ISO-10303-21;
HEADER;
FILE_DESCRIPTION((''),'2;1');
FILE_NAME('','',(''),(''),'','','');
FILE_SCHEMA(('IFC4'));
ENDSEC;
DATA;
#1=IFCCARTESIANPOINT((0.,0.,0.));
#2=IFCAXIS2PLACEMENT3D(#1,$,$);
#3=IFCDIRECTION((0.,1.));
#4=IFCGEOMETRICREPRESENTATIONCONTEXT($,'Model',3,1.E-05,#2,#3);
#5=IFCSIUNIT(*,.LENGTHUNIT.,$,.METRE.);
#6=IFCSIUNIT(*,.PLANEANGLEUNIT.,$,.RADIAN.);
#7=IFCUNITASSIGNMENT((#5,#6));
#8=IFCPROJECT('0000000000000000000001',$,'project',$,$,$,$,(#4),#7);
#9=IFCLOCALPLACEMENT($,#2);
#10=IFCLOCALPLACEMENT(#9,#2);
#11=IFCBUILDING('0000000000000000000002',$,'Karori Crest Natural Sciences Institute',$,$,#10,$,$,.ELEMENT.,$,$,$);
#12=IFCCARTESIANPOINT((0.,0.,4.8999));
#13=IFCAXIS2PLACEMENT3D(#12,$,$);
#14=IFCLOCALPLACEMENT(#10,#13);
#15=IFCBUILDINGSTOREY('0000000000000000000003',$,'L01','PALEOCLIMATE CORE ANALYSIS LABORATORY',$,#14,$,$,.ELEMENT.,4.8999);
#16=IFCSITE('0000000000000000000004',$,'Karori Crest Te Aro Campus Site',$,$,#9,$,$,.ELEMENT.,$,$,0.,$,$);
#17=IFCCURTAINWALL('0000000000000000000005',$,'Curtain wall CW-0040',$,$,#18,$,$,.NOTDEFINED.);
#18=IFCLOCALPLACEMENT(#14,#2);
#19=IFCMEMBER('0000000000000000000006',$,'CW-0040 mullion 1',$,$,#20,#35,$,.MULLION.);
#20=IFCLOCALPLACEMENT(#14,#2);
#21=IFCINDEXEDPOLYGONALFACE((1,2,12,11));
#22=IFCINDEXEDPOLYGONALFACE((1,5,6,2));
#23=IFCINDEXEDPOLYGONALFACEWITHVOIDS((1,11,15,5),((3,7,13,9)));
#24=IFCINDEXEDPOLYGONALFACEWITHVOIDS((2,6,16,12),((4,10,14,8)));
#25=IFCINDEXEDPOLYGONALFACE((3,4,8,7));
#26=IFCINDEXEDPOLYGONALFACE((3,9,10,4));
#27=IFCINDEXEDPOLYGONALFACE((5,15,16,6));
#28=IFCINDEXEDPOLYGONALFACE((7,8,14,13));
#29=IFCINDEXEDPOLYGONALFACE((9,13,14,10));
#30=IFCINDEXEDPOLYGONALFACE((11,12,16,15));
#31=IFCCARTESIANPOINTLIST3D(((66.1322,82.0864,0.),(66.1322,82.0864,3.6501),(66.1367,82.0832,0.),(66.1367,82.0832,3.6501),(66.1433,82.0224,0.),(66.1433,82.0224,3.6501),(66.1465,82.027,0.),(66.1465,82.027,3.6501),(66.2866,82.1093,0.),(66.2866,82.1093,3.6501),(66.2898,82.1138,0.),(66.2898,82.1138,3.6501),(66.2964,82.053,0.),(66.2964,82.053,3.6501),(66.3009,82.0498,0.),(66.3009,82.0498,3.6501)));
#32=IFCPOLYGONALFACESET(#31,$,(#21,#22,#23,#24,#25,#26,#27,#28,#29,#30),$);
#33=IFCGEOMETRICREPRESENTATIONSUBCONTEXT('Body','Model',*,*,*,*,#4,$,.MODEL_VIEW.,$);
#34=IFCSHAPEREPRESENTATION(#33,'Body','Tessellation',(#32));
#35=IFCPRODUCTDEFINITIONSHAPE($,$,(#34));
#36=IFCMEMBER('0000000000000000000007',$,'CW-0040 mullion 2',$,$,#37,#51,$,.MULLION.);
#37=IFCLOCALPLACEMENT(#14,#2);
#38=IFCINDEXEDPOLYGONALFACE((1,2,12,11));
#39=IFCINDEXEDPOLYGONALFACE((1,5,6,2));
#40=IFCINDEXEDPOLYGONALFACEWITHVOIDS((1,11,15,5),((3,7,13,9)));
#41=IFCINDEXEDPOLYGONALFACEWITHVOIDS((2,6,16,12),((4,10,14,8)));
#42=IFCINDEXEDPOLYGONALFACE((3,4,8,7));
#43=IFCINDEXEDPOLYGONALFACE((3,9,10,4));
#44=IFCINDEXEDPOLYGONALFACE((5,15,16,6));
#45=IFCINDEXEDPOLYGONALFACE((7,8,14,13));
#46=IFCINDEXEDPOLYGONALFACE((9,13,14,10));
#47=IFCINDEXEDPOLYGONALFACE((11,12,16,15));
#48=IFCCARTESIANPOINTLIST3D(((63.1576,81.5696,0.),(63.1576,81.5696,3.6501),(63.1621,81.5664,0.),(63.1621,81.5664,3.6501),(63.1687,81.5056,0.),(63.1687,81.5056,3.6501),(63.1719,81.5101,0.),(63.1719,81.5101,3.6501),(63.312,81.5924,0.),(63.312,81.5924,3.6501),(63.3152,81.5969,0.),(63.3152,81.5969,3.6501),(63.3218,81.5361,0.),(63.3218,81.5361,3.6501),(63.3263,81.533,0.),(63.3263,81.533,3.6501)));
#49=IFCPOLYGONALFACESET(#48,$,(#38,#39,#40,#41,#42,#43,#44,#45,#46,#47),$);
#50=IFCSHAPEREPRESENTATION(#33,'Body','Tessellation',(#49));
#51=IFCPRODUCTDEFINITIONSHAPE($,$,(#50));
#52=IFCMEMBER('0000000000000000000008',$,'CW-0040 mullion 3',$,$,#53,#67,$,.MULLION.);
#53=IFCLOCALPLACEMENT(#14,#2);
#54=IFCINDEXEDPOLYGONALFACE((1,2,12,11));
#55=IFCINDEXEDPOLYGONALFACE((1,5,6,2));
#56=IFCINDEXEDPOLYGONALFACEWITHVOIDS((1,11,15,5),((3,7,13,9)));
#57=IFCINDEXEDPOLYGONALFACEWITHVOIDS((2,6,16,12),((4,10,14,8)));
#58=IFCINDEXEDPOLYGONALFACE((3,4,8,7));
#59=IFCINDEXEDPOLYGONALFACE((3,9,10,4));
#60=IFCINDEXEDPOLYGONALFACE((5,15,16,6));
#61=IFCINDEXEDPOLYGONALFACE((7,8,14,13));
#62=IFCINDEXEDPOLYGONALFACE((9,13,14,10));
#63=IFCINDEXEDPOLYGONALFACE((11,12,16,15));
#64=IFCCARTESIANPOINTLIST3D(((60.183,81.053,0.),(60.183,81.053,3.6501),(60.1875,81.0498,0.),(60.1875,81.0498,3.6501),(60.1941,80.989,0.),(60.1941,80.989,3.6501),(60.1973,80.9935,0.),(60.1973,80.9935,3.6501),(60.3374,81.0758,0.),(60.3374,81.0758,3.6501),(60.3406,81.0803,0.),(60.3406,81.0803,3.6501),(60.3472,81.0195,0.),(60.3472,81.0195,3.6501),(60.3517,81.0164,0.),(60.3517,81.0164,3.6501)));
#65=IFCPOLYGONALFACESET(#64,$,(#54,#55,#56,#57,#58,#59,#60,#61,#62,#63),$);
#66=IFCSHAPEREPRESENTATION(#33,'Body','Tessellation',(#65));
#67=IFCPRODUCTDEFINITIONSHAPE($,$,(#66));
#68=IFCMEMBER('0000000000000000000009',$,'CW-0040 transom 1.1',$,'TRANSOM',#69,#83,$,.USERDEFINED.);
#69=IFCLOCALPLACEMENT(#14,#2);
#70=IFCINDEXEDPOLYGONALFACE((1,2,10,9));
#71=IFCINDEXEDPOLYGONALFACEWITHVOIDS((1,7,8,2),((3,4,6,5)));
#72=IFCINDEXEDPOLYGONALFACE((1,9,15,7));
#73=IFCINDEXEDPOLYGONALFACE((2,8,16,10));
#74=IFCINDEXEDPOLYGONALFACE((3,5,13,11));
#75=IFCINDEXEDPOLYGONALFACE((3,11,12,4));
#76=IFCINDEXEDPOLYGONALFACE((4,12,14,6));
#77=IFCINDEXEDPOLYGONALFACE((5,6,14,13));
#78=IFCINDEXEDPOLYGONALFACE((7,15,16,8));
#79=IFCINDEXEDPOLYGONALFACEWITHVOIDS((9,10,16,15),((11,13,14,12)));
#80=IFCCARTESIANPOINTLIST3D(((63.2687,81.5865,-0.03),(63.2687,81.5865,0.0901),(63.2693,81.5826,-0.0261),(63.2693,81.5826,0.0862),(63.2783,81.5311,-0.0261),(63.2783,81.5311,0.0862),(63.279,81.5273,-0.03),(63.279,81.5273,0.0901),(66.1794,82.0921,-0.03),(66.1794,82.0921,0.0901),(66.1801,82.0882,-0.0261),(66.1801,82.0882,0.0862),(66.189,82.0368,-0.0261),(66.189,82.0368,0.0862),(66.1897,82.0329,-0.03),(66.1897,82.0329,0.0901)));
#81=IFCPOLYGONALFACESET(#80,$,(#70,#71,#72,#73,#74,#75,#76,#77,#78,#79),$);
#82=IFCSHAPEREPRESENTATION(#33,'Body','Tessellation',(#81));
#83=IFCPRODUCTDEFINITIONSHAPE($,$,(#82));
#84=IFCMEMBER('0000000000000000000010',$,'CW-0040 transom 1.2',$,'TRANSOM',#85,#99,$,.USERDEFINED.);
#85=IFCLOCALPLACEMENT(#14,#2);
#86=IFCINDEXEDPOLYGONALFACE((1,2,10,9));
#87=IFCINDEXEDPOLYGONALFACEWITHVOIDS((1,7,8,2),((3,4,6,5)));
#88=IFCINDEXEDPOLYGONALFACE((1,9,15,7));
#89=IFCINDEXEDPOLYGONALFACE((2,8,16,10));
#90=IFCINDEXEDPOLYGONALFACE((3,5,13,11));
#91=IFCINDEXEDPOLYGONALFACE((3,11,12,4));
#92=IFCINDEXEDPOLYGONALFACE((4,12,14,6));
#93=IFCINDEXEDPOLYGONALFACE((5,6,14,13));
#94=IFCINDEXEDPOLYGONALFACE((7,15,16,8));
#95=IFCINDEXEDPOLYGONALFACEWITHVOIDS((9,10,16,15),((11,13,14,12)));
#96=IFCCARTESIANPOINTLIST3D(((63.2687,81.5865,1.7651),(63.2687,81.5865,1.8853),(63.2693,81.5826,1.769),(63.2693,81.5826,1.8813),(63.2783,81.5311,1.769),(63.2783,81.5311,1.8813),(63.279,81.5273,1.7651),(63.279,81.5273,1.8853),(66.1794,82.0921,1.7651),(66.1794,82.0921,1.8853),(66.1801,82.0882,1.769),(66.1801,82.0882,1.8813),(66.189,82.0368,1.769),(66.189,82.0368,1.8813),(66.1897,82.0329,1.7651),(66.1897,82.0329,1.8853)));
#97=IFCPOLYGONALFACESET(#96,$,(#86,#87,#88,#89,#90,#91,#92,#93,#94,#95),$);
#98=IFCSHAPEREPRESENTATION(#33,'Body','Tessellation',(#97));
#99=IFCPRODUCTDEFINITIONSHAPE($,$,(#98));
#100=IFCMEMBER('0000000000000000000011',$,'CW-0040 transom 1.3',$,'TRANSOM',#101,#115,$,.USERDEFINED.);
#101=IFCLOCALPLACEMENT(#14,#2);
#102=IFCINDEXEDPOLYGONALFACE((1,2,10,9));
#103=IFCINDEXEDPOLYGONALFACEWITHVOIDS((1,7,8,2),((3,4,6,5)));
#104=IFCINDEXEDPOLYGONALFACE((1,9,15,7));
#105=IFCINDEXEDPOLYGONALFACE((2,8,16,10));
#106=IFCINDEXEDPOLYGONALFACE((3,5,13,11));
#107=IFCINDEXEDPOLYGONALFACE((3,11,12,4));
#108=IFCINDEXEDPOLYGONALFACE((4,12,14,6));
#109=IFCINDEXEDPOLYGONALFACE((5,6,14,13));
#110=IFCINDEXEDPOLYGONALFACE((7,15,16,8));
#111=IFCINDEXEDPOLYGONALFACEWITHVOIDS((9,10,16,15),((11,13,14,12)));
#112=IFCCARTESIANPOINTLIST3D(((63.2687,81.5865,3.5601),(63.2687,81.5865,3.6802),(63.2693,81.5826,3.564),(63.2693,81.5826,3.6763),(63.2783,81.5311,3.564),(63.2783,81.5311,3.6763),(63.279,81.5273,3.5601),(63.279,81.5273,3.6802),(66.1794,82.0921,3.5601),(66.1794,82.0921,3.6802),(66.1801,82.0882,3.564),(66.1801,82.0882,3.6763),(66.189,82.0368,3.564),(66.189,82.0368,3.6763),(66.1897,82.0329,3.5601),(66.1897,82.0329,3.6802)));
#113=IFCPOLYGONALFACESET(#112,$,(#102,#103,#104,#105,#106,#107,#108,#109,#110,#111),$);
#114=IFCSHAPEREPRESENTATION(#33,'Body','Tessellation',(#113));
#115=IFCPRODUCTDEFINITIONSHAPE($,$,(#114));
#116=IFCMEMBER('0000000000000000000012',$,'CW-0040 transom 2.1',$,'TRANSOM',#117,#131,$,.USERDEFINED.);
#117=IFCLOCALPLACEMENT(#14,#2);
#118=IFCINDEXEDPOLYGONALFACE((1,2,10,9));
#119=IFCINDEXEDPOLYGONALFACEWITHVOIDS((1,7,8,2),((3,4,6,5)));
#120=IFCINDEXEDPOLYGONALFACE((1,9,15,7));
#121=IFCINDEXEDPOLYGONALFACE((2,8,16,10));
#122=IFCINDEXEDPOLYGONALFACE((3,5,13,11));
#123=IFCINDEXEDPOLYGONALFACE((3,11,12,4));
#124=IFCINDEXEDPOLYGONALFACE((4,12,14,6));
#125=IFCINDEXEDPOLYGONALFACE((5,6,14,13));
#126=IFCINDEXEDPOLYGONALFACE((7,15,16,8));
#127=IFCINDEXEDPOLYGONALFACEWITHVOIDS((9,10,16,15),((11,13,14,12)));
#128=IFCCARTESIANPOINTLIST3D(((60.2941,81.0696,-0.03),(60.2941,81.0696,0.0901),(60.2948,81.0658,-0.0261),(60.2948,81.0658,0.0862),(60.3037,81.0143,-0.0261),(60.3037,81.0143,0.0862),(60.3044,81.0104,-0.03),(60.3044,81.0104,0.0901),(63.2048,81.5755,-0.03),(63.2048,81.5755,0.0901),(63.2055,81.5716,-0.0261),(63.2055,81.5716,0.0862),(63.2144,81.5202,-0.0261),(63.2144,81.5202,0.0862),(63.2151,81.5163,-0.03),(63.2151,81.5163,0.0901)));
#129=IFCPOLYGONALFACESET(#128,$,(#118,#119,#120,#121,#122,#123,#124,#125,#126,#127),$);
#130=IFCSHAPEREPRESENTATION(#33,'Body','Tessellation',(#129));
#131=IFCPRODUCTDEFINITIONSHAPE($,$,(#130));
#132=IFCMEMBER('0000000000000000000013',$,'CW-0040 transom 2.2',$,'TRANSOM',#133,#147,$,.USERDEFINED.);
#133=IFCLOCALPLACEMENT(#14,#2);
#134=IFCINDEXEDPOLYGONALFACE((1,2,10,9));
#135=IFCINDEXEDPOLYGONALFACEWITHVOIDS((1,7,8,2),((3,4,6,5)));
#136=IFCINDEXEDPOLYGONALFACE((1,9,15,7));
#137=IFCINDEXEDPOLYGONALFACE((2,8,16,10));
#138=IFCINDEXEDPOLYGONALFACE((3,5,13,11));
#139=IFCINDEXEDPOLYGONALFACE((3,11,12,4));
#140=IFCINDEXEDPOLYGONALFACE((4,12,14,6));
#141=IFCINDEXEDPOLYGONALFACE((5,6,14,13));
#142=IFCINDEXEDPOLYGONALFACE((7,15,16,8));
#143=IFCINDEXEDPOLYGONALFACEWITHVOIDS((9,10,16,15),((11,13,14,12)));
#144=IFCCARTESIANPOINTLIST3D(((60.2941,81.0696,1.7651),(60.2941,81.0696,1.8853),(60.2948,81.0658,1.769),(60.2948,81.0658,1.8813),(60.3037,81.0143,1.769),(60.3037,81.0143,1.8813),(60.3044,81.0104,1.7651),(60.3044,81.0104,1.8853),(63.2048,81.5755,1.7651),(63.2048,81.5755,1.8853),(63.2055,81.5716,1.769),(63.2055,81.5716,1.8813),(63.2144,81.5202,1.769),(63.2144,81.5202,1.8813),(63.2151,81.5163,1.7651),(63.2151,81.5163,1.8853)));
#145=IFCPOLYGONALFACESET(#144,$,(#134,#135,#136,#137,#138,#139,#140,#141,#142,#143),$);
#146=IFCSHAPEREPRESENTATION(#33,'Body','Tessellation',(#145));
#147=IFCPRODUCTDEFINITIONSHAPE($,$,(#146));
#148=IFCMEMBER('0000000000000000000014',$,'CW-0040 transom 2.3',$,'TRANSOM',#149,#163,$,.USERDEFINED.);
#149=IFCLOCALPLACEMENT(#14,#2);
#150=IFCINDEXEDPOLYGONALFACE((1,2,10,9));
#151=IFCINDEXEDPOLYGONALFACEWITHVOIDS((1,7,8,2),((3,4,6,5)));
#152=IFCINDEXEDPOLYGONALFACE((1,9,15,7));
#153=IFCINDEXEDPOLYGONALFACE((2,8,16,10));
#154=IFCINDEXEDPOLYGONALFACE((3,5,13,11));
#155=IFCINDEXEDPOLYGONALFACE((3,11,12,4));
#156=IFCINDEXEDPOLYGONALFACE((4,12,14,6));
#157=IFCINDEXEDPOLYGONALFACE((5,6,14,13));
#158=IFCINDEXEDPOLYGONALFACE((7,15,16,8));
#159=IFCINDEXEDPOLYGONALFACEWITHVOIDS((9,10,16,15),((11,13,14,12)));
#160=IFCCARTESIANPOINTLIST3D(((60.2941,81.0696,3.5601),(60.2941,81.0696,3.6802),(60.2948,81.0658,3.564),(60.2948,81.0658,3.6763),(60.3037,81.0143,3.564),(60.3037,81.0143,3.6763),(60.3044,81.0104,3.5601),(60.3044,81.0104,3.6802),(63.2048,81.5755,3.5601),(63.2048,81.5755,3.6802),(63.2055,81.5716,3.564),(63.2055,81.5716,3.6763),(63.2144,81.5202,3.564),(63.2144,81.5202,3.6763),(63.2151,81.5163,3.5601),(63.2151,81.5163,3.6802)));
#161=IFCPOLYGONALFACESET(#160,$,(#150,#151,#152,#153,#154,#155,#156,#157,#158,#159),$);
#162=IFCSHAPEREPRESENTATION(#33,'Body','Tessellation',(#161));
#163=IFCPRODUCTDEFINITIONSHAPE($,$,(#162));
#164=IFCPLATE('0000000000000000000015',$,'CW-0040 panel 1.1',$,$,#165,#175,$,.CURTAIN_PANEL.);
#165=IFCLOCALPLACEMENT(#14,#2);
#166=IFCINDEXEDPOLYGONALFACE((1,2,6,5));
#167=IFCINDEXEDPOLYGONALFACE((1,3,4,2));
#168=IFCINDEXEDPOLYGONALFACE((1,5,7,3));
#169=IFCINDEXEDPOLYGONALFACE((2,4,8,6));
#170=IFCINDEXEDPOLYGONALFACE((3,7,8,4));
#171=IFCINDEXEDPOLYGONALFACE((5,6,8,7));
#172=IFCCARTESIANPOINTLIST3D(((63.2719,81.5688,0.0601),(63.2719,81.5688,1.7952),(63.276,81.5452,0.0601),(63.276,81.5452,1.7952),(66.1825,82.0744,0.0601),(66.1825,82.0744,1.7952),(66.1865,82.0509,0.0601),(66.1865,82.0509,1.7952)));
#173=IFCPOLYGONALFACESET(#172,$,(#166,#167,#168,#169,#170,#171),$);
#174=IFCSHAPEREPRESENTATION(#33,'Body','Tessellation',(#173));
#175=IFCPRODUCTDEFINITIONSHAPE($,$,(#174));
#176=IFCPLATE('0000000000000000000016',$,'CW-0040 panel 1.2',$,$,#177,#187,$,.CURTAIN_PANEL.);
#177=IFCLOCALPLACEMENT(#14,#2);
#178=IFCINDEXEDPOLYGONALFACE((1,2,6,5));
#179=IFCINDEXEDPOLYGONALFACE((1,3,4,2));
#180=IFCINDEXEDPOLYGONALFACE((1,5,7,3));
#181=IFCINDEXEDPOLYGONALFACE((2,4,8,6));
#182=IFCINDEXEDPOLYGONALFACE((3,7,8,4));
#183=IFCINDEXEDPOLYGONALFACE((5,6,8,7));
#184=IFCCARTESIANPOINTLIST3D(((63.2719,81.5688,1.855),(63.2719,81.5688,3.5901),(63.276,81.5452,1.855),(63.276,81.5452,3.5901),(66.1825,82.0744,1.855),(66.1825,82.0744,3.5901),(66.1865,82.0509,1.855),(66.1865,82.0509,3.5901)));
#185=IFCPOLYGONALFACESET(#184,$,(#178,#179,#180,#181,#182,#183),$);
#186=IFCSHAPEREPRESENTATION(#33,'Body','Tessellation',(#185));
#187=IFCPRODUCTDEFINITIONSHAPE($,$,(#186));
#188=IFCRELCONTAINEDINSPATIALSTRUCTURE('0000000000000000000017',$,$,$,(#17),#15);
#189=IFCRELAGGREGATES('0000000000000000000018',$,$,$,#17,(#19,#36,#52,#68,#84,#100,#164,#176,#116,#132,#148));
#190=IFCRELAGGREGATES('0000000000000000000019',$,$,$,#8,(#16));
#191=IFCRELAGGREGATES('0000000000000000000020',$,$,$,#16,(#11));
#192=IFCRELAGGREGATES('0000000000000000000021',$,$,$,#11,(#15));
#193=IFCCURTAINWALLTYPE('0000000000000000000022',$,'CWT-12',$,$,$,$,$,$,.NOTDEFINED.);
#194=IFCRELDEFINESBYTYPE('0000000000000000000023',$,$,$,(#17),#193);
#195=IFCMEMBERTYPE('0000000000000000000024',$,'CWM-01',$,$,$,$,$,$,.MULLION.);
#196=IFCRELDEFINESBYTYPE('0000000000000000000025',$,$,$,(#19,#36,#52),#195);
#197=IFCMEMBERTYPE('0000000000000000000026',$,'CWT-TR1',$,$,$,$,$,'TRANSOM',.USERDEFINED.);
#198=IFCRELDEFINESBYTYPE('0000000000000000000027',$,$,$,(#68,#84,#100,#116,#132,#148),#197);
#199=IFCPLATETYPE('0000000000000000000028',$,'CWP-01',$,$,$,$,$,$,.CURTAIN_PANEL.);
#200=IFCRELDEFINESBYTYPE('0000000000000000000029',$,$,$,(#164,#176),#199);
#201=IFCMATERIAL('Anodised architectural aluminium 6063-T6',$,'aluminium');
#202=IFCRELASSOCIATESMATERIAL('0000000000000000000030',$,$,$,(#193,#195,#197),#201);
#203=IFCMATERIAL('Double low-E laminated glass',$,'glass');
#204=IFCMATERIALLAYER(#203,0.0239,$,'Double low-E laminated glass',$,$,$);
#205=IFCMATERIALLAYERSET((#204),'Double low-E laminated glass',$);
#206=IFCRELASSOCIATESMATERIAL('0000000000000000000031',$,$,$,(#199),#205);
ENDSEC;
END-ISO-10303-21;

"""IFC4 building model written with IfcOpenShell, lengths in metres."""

from ifc_helpers import new_model, si_unit, direction, frame, origin, origin_2d, place, context, subcontext, project, spatial, rectangle, hollow_rectangle, extrude, material, layer, layer_set, material_profile, profile_set, type_object, element, aggregate, save


model = new_model("IFC4")

# Units and contexts
model_context = context("Model", 3, precision=1e-05, world=origin(), true_north=direction((0.0, 1.0)))
body_context = subcontext(model_context, "Body", "Model", "MODEL_VIEW")
ifc_project = project(units=[si_unit("LENGTHUNIT", "METRE"), si_unit("PLANEANGLEUNIT", "RADIAN")], contexts=[model_context])

# Site, building, storey
site_placement = place(None, origin())
site = spatial("IfcSite", under=ifc_project, at=site_placement, Name="Karori Crest Te Aro Campus Site", CompositionType="ELEMENT", RefElevation=0.0)
building_placement = place(site_placement, origin())
building = spatial("IfcBuilding", under=site, at=building_placement, Name="Karori Crest Natural Sciences Institute", CompositionType="ELEMENT")
storey_placement = place(building_placement, frame((0.0, 0.0, 4.8999)))
storey = spatial("IfcBuildingStorey", under=building, at=storey_placement, Name="L01", Description="PALEOCLIMATE CORE ANALYSIS LABORATORY", CompositionType="ELEMENT", Elevation=4.8999)

# Curtain wall, members, plates
ifc_material_1 = material(Name="Anodised architectural aluminium 6063-T6", Category="aluminium")
curtain_wall_type = type_object("IfcCurtainWallType", Name="CWT-12", PredefinedType="NOTDEFINED", material=ifc_material_1)
curtain_wall_placement = place(storey_placement, origin())
curtain_wall = element("IfcCurtainWall", 1, at=curtain_wall_placement, inside=storey, type_object=curtain_wall_type, Name="Curtain wall CW-0040", PredefinedType="NOTDEFINED")
ifc_material_profile_1 = material_profile(ifc_material_1, hollow_rectangle(XDim=0.0649, YDim=0.1599, WallThickness=0.0039, at=origin_2d()), Name="CWM160x65x4")
ifc_profile_set_1 = profile_set([ifc_material_profile_1], Name="Anodised architectural aluminium 6063-T6")
member_type_1 = type_object("IfcMemberType", Name="CWM-01", PredefinedType="MULLION", material=ifc_profile_set_1)
member_1_placement = place(storey_placement, frame((66.2166, 82.0681, 0.0), z_axis=(0.0, 0.0, 1.0), x_axis=(0.17117, -0.985241, 0.0)))
member_1 = element("IfcMember", 2, at=member_1_placement, type_object=member_type_1, Name="CW-0040 mullion 1", PredefinedType="MULLION", context=body_context, shape_type="SweptSolid", body=[
    extrude(hollow_rectangle(XDim=0.0649, YDim=0.1599, WallThickness=0.0039, at=origin_2d()), origin(), (0.0, 0.0, 1.0), 3.6501),
])
member_2_placement = place(storey_placement, frame((63.2419, 81.5513, 0.0), z_axis=(0.0, 0.0, 1.0), x_axis=(0.17117, -0.985241, 0.0)))
member_2 = element("IfcMember", 3, at=member_2_placement, type_object=member_type_1, Name="CW-0040 mullion 2", PredefinedType="MULLION", context=body_context, shape_type="SweptSolid", body=[
    extrude(hollow_rectangle(XDim=0.0649, YDim=0.1599, WallThickness=0.0039, at=origin_2d()), origin(), (0.0, 0.0, 1.0), 3.6501),
])
member_3_placement = place(storey_placement, frame((60.2673, 81.0347, 0.0), z_axis=(0.0, 0.0, 1.0), x_axis=(0.17117, -0.985241, 0.0)))
member_3 = element("IfcMember", 4, at=member_3_placement, type_object=member_type_1, Name="CW-0040 mullion 3", PredefinedType="MULLION", context=body_context, shape_type="SweptSolid", body=[
    extrude(hollow_rectangle(XDim=0.0649, YDim=0.1599, WallThickness=0.0039, at=origin_2d()), origin(), (0.0, 0.0, 1.0), 3.6501),
])
ifc_material_profile_2 = material_profile(ifc_material_1, hollow_rectangle(XDim=0.0601, YDim=0.1201, WallThickness=0.0039, at=origin_2d()), Name="CWT120x60x4")
ifc_profile_set_2 = profile_set([ifc_material_profile_2], Name="Anodised architectural aluminium 6063-T6")
member_type_2 = type_object("IfcMemberType", Name="CWT-TR1", ElementType="TRANSOM", PredefinedType="USERDEFINED", material=ifc_profile_set_2)
member_4_placement = place(storey_placement, frame((66.1846, 82.0625, 0.03), z_axis=(-0.985245, -0.171149, 0.0), x_axis=(0.171149, -0.985245, 0.0)))
member_4 = element("IfcMember", 5, at=member_4_placement, type_object=member_type_2, Name="CW-0040 transom 1.1", ObjectType="TRANSOM", PredefinedType="USERDEFINED", context=body_context, shape_type="SweptSolid", body=[
    extrude(hollow_rectangle(XDim=0.0601, YDim=0.1201, WallThickness=0.0039, at=origin_2d()), origin(), (0.0, 0.0, 1.0), 2.9543),
])
member_5_placement = place(storey_placement, frame((66.1846, 82.0625, 1.8252), z_axis=(-0.985245, -0.171149, 0.0), x_axis=(0.171149, -0.985245, 0.0)))
member_5 = element("IfcMember", 6, at=member_5_placement, type_object=member_type_2, Name="CW-0040 transom 1.2", ObjectType="TRANSOM", PredefinedType="USERDEFINED", context=body_context, shape_type="SweptSolid", body=[
    extrude(hollow_rectangle(XDim=0.0601, YDim=0.1201, WallThickness=0.0039, at=origin_2d()), origin(), (0.0, 0.0, 1.0), 2.9543),
])
member_6_placement = place(storey_placement, frame((66.1846, 82.0625, 3.6201), z_axis=(-0.985245, -0.171149, 0.0), x_axis=(0.171149, -0.985245, 0.0)))
member_6 = element("IfcMember", 7, at=member_6_placement, type_object=member_type_2, Name="CW-0040 transom 1.3", ObjectType="TRANSOM", PredefinedType="USERDEFINED", context=body_context, shape_type="SweptSolid", body=[
    extrude(hollow_rectangle(XDim=0.0601, YDim=0.1201, WallThickness=0.0039, at=origin_2d()), origin(), (0.0, 0.0, 1.0), 2.9543),
])
member_7_placement = place(storey_placement, frame((63.21, 81.5459, 0.03), z_axis=(-0.985231, -0.17123, 0.0), x_axis=(0.17123, -0.985231, 0.0)))
member_7 = element("IfcMember", 8, at=member_7_placement, type_object=member_type_2, Name="CW-0040 transom 2.1", ObjectType="TRANSOM", PredefinedType="USERDEFINED", context=body_context, shape_type="SweptSolid", body=[
    extrude(hollow_rectangle(XDim=0.0601, YDim=0.1201, WallThickness=0.0039, at=origin_2d()), origin(), (0.0, 0.0, 1.0), 2.9543),
])
member_8_placement = place(storey_placement, frame((63.21, 81.5459, 1.8252), z_axis=(-0.985231, -0.17123, 0.0), x_axis=(0.17123, -0.985231, 0.0)))
member_8 = element("IfcMember", 9, at=member_8_placement, type_object=member_type_2, Name="CW-0040 transom 2.2", ObjectType="TRANSOM", PredefinedType="USERDEFINED", context=body_context, shape_type="SweptSolid", body=[
    extrude(hollow_rectangle(XDim=0.0601, YDim=0.1201, WallThickness=0.0039, at=origin_2d()), origin(), (0.0, 0.0, 1.0), 2.9543),
])
member_9_placement = place(storey_placement, frame((63.21, 81.5459, 3.6201), z_axis=(-0.985231, -0.17123, 0.0), x_axis=(0.17123, -0.985231, 0.0)))
member_9 = element("IfcMember", 10, at=member_9_placement, type_object=member_type_2, Name="CW-0040 transom 2.3", ObjectType="TRANSOM", PredefinedType="USERDEFINED", context=body_context, shape_type="SweptSolid", body=[
    extrude(hollow_rectangle(XDim=0.0601, YDim=0.1201, WallThickness=0.0039, at=origin_2d()), origin(), (0.0, 0.0, 1.0), 2.9543),
])
ifc_material_2 = material(Name="Double low-E laminated glass", Category="glass")
ifc_layer_1 = layer(ifc_material_2, 0.0239, Name="Double low-E laminated glass")
ifc_layer_set_1 = layer_set([ifc_layer_1], Name="Double low-E laminated glass")
plate_type = type_object("IfcPlateType", Name="CWP-01", PredefinedType="CURTAIN_PANEL", material=ifc_layer_set_1)
plate_1_placement = place(storey_placement, frame((64.7292, 81.8098, 0.0601), z_axis=(0.0, 0.0, 1.0), x_axis=(-0.985241, -0.17117, 0.0)))
plate_1 = element("IfcPlate", 11, at=plate_1_placement, type_object=plate_type, Name="CW-0040 panel 1.1", PredefinedType="CURTAIN_PANEL", context=body_context, shape_type="SweptSolid", body=[
    extrude(rectangle(XDim=2.9541, YDim=0.0239, at=origin_2d()), origin(), (0.0, 0.0, 1.0), 1.7351),
])
plate_2_placement = place(storey_placement, frame((64.7292, 81.8098, 1.855), z_axis=(0.0, 0.0, 1.0), x_axis=(-0.985241, -0.17117, 0.0)))
plate_2 = element("IfcPlate", 12, at=plate_2_placement, type_object=plate_type, Name="CW-0040 panel 1.2", PredefinedType="CURTAIN_PANEL", context=body_context, shape_type="SweptSolid", body=[
    extrude(rectangle(XDim=2.9541, YDim=0.0239, at=origin_2d()), origin(), (0.0, 0.0, 1.0), 1.7351),
])
aggregate(curtain_wall, [member_1, member_2, member_3, member_4, member_5, member_6, plate_1, plate_2, member_7, member_8, member_9])

save(model, "model.ifc")
